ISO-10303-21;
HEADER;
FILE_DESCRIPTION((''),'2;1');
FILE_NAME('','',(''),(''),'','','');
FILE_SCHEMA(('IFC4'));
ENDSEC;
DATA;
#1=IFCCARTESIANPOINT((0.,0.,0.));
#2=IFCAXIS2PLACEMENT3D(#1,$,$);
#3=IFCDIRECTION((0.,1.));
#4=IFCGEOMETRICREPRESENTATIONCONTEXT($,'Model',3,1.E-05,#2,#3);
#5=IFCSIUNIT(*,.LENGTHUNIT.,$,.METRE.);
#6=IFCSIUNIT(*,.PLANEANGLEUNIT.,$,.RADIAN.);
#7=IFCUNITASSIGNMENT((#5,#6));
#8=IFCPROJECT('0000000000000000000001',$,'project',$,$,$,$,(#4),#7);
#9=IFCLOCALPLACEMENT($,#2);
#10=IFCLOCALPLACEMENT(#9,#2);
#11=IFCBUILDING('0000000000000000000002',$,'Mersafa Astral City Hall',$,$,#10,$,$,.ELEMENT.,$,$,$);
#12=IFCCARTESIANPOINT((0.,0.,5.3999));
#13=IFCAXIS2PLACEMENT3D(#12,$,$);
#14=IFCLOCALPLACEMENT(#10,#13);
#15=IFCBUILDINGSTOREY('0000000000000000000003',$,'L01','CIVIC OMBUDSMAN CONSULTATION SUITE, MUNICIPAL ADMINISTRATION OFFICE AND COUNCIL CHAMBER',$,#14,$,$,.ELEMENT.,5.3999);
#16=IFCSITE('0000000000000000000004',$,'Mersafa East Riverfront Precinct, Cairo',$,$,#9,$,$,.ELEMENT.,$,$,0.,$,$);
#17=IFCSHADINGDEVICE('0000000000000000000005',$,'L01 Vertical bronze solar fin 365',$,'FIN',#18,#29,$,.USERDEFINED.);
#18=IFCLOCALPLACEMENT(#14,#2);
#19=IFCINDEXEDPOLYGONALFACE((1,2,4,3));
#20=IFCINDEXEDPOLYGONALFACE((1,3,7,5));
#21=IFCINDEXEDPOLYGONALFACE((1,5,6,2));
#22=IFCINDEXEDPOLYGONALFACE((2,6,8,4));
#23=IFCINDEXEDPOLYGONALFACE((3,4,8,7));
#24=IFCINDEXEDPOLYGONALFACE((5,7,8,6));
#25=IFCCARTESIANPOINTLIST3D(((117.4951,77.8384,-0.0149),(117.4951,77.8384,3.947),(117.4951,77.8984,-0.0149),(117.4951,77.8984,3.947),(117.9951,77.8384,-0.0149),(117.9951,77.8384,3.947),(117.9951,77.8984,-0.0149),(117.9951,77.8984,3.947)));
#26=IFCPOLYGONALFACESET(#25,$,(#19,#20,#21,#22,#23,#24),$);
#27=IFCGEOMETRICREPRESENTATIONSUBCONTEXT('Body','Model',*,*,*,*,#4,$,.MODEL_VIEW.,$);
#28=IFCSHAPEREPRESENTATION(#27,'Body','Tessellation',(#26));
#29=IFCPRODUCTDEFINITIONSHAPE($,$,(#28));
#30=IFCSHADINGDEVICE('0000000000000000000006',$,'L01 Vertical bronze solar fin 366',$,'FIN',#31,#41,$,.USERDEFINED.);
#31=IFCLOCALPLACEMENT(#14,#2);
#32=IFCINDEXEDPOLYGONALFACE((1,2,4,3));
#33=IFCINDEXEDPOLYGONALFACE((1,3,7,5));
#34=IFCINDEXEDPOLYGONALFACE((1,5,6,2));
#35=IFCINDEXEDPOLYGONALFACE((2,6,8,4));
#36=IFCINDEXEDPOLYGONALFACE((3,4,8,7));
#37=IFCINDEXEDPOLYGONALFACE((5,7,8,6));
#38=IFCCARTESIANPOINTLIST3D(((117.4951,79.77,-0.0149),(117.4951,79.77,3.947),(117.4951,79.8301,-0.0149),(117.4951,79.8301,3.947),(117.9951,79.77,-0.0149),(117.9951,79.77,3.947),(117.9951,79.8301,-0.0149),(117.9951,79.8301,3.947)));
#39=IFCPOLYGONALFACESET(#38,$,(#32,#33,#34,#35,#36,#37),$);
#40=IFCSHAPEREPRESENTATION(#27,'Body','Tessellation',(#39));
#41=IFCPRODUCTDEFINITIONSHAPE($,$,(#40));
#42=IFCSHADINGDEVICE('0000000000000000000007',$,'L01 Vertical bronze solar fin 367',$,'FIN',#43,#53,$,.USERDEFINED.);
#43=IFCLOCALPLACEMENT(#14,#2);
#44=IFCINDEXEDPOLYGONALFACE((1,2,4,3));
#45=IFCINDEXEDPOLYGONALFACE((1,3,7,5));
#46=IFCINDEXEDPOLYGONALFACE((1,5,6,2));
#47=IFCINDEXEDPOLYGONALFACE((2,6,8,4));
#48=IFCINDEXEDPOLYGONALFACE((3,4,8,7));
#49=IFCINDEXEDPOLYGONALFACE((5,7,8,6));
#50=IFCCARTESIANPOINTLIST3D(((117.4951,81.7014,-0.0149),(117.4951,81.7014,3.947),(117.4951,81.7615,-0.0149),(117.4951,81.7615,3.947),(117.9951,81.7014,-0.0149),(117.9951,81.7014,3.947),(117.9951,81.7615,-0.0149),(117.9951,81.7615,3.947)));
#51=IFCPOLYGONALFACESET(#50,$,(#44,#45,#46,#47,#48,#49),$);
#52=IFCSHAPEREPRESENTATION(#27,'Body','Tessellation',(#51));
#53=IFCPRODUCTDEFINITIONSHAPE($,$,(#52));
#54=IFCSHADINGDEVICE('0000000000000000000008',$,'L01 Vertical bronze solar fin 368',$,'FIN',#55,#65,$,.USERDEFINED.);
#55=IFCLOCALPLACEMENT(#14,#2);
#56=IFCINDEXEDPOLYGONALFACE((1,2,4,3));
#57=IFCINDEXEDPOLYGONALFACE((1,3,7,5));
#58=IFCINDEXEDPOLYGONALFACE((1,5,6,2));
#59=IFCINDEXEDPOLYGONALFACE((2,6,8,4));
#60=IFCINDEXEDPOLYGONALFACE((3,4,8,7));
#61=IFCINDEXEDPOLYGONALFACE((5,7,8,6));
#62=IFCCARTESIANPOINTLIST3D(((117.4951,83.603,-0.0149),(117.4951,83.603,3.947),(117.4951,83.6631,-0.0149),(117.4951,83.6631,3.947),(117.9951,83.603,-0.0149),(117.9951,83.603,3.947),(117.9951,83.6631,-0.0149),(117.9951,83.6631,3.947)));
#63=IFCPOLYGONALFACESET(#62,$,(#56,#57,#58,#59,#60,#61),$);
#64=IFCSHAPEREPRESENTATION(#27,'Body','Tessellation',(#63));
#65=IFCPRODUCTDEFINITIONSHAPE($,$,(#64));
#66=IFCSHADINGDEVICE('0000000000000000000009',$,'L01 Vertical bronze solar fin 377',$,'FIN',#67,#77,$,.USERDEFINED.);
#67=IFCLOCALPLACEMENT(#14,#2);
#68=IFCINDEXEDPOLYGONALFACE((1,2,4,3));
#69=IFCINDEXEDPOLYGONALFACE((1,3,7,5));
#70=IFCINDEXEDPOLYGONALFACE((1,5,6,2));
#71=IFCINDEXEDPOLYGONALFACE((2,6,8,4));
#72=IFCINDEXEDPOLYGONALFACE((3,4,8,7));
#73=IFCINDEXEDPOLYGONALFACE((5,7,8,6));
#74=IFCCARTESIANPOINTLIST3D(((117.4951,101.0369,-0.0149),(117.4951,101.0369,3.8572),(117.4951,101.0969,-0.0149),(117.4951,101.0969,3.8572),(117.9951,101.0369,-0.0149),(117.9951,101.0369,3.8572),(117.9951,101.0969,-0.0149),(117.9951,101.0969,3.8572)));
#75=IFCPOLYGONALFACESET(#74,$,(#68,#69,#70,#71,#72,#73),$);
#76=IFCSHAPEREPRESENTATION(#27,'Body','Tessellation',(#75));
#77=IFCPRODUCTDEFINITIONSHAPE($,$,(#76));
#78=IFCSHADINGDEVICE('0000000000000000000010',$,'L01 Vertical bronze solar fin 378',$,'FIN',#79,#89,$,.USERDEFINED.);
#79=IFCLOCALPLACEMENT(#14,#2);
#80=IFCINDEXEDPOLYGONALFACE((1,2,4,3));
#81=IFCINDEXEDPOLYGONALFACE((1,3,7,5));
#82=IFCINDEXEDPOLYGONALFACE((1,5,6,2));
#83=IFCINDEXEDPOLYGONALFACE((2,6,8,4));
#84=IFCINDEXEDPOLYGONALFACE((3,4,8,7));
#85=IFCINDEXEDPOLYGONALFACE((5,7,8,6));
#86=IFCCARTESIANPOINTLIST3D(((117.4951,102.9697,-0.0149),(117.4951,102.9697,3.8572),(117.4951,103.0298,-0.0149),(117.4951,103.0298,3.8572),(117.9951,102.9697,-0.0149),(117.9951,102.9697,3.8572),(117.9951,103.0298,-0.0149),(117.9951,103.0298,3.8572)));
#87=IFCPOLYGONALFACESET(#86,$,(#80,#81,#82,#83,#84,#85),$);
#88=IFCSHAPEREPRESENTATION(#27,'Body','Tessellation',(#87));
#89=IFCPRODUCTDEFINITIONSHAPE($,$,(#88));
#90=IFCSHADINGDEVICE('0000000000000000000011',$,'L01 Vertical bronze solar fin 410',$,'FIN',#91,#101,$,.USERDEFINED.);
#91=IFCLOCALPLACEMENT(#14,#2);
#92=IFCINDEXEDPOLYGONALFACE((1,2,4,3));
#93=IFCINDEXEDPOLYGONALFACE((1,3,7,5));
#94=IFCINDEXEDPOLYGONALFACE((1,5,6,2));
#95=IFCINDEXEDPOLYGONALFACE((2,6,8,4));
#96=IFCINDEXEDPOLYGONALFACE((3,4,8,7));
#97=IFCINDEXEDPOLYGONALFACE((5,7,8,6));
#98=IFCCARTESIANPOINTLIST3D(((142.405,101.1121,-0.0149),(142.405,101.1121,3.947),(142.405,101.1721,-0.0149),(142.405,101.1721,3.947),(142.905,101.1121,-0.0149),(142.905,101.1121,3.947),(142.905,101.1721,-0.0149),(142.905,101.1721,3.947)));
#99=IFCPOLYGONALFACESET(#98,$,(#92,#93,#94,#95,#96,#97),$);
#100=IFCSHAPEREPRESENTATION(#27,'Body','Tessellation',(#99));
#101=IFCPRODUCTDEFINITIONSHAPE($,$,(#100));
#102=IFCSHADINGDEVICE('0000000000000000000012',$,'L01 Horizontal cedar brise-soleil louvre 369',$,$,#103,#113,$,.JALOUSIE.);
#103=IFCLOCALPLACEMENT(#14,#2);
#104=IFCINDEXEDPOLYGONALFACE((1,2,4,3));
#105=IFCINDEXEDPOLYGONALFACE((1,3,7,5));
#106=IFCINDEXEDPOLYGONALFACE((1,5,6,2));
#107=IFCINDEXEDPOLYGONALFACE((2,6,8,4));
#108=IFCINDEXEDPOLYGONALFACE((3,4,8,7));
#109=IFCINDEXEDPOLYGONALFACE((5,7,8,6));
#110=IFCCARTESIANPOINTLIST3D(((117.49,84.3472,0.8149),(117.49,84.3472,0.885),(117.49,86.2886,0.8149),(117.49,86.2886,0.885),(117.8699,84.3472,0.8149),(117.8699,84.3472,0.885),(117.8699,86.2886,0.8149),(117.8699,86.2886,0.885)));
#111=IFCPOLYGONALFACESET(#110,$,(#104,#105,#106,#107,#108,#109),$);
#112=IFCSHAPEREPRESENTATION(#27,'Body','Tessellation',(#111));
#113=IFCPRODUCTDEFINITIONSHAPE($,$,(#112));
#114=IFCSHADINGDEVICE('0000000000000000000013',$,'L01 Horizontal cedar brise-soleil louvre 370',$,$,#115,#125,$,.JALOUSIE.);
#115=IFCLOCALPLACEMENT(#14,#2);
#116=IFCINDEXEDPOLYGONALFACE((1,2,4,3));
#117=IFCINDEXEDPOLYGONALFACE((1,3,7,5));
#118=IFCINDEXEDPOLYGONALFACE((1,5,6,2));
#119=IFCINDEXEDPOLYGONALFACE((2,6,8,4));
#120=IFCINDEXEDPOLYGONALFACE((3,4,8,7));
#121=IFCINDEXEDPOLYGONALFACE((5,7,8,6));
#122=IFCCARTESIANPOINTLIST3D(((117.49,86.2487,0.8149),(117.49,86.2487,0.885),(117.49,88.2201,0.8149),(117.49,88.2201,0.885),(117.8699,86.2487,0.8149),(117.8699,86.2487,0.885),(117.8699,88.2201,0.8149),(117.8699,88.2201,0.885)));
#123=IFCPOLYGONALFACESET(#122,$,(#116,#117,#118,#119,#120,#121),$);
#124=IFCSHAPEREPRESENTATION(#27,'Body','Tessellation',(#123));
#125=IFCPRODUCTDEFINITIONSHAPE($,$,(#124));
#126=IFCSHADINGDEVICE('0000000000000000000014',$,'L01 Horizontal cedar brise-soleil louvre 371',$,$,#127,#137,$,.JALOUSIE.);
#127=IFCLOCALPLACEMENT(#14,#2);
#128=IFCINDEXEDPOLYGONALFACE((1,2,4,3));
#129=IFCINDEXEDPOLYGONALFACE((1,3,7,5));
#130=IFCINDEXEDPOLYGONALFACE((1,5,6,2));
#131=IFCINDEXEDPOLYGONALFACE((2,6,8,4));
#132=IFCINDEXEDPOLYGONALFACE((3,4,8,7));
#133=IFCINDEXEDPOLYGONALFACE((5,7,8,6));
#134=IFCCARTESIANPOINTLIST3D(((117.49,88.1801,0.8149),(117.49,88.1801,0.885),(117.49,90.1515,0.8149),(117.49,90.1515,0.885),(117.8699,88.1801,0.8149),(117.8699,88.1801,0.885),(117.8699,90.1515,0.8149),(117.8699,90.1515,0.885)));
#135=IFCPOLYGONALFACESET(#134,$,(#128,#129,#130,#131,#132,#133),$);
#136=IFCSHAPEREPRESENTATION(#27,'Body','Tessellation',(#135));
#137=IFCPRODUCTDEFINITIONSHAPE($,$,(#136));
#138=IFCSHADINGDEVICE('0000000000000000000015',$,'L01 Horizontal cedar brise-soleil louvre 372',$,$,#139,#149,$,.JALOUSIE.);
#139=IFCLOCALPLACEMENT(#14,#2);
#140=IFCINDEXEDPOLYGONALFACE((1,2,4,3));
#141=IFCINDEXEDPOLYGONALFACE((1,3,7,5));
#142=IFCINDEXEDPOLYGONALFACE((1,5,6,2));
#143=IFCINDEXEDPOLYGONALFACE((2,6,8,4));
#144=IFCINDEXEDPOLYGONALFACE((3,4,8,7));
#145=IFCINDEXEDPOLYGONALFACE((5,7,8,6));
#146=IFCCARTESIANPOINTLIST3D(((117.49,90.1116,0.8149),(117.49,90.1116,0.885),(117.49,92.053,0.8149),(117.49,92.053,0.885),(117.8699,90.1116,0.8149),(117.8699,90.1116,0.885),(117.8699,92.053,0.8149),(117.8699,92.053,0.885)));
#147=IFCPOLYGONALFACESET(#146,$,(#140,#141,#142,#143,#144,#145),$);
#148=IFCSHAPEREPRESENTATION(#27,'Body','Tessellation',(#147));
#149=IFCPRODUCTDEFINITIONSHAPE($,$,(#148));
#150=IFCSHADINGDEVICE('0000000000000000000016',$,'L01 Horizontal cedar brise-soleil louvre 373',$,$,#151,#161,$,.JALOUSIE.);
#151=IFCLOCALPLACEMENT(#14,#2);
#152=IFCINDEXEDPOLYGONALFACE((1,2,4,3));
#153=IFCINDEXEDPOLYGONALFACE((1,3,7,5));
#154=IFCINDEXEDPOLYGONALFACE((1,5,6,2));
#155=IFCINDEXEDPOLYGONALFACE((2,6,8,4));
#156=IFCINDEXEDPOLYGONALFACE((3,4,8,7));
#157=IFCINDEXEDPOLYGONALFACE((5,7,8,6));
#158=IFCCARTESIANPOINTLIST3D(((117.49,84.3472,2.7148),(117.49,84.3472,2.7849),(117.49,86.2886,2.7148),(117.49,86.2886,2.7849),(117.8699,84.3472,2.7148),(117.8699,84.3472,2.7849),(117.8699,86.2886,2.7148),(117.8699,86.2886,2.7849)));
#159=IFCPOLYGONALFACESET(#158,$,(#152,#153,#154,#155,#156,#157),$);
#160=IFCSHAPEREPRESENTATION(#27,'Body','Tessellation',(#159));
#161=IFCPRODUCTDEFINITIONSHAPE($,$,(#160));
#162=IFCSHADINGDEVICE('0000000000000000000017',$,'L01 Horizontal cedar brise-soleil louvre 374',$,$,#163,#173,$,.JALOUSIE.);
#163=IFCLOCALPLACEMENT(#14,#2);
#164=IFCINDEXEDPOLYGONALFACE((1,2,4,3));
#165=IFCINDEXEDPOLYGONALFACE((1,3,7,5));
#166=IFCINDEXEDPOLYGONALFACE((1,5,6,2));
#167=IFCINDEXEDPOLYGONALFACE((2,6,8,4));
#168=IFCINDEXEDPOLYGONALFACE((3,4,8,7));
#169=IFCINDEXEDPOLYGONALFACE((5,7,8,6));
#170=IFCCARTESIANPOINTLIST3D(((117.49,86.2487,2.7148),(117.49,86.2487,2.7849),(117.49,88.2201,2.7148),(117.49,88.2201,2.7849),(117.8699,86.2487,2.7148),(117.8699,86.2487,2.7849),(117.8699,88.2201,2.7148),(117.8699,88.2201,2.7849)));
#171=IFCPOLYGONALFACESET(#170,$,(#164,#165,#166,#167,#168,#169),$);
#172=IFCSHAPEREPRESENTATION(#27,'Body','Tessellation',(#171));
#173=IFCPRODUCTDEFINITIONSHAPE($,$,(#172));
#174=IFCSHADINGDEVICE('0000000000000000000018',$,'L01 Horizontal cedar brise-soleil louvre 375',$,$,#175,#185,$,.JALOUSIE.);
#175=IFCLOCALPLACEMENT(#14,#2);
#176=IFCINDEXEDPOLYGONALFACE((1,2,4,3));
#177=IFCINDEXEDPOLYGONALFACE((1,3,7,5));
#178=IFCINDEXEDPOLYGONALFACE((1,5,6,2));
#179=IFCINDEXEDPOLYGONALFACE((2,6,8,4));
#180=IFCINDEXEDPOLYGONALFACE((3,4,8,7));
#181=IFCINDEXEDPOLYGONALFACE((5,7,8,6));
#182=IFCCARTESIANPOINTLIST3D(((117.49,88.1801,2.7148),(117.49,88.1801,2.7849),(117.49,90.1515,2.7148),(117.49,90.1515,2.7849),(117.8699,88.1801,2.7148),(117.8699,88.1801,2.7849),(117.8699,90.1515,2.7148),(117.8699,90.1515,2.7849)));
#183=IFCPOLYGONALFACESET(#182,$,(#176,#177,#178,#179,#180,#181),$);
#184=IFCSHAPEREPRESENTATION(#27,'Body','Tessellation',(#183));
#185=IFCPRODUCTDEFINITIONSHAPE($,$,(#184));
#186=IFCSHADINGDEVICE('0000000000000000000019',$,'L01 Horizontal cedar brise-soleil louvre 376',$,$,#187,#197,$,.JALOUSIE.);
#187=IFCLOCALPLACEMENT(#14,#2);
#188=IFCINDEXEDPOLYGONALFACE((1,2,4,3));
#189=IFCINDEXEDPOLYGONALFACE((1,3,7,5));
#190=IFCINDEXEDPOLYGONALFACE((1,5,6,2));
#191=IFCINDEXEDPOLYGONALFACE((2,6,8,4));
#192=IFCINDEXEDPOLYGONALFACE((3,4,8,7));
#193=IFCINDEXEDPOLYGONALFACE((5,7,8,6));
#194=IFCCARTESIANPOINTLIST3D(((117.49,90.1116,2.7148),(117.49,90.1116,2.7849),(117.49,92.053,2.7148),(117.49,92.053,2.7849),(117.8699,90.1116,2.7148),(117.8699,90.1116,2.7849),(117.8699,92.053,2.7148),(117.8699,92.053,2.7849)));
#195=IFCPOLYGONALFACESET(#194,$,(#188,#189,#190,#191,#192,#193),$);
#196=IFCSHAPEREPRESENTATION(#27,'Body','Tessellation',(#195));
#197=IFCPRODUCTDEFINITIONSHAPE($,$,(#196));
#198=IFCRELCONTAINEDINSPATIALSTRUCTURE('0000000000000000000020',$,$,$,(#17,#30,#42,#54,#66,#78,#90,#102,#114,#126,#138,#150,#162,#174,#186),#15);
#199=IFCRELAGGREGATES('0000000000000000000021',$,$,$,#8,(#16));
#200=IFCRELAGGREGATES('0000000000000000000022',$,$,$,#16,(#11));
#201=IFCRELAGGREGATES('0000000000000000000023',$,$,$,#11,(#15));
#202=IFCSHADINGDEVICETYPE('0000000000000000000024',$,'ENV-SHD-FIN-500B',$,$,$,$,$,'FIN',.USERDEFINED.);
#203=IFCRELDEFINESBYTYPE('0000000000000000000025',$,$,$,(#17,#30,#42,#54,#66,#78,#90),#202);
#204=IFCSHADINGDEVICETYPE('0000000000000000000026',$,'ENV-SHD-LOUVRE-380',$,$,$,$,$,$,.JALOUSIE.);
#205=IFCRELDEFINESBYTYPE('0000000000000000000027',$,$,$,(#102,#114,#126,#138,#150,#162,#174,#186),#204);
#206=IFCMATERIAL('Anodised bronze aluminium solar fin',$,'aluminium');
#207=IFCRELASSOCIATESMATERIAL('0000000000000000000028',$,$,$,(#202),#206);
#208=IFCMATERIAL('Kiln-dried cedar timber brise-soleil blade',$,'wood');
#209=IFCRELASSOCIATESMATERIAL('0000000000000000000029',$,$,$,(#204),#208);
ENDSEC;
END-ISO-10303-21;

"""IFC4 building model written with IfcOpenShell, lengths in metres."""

from ifc_helpers import new_model, si_unit, direction, frame, origin, origin_2d, place, context, subcontext, project, spatial, rectangle, extrude, material, type_object, element, save


model = new_model("IFC4")

# Units and contexts
model_context = context("Model", 3, precision=1e-05, world=origin(), true_north=direction((0.0, 1.0)))
body_context = subcontext(model_context, "Body", "Model", "MODEL_VIEW")
ifc_project = project(units=[si_unit("LENGTHUNIT", "METRE"), si_unit("PLANEANGLEUNIT", "RADIAN")], contexts=[model_context])

# Site, building, storey
site_placement = place(None, origin())
site = spatial("IfcSite", under=ifc_project, at=site_placement, Name="Mersafa East Riverfront Precinct, Cairo", CompositionType="ELEMENT", RefElevation=0.0)
building_placement = place(site_placement, origin())
building = spatial("IfcBuilding", under=site, at=building_placement, Name="Mersafa Astral City Hall", CompositionType="ELEMENT")
storey_placement = place(building_placement, frame((0.0, 0.0, 5.3999)))
storey = spatial("IfcBuildingStorey", under=building, at=storey_placement, Name="L01", Description="CIVIC OMBUDSMAN CONSULTATION SUITE, MUNICIPAL ADMINISTRATION OFFICE AND COUNCIL CHAMBER", CompositionType="ELEMENT", Elevation=5.3999)

# Shading devices
ifc_material_1 = material(Name="Anodised bronze aluminium solar fin", Category="aluminium")
shading_device_type_1 = type_object("IfcShadingDeviceType", Name="ENV-SHD-FIN-500B", ElementType="FIN", PredefinedType="USERDEFINED", material=ifc_material_1)
for number, where, z_axis, x_axis, name in (
    (1, (117.7451, 77.8684, -0.0149), (0.0, 0.0, 1.0), (0.0, 1.0, 0.0), "L01 Vertical bronze solar fin 365"),
    (2, (117.7451, 79.8, -0.0149), (0.0, 0.0, 1.0), (0.0, 1.0, 0.0), "L01 Vertical bronze solar fin 366"),
    (3, (117.7451, 81.7314, -0.0149), (0.0, 0.0, 1.0), (0.0, 1.0, 0.0), "L01 Vertical bronze solar fin 367"),
    (4, (117.7451, 83.6331, -0.0149), (0.0, 0.0, 1.0), (0.0, 1.0, 0.0), "L01 Vertical bronze solar fin 368"),
):
    element("IfcShadingDevice", number, at=place(storey_placement, frame(where, z_axis=z_axis, x_axis=x_axis)), inside=storey, type_object=shading_device_type_1, Name=name, ObjectType="FIN", PredefinedType="USERDEFINED", context=body_context, shape_type="SweptSolid", body=[
        extrude(rectangle(XDim=0.0601, YDim=0.5, at=origin_2d()), origin(), (0.0, 0.0, 1.0), 3.9619),
    ])
for number, where, z_axis, x_axis, name in (
    (5, (117.7451, 101.0669, -0.0149), (0.0, 0.0, 1.0), (0.0, 1.0, 0.0), "L01 Vertical bronze solar fin 377"),
    (6, (117.7451, 102.9998, -0.0149), (0.0, 0.0, 1.0), (0.0, 1.0, 0.0), "L01 Vertical bronze solar fin 378"),
):
    element("IfcShadingDevice", number, at=place(storey_placement, frame(where, z_axis=z_axis, x_axis=x_axis)), inside=storey, type_object=shading_device_type_1, Name=name, ObjectType="FIN", PredefinedType="USERDEFINED", context=body_context, shape_type="SweptSolid", body=[
        extrude(rectangle(XDim=0.0601, YDim=0.5, at=origin_2d()), origin(), (0.0, 0.0, 1.0), 3.8721),
    ])
shading_device_1_placement = place(storey_placement, frame((142.655, 101.1421, -0.0149), z_axis=(0.0, 0.0, 1.0), x_axis=(0.0, -1.0, 0.0)))
element("IfcShadingDevice", 7, at=shading_device_1_placement, inside=storey, type_object=shading_device_type_1, Name="L01 Vertical bronze solar fin 410", ObjectType="FIN", PredefinedType="USERDEFINED", context=body_context, shape_type="SweptSolid", body=[
    extrude(rectangle(XDim=0.0601, YDim=0.5, at=origin_2d()), origin(), (0.0, 0.0, 1.0), 3.9619),
])
ifc_material_2 = material(Name="Kiln-dried cedar timber brise-soleil blade", Category="wood")
shading_device_type_2 = type_object("IfcShadingDeviceType", Name="ENV-SHD-LOUVRE-380", PredefinedType="JALOUSIE", material=ifc_material_2)
shading_device_2_placement = place(storey_placement, frame((117.6799, 85.3179, 0.8149), z_axis=(0.0, 0.0, 1.0), x_axis=(0.0, 1.0, 0.0)))
element("IfcShadingDevice", 8, at=shading_device_2_placement, inside=storey, type_object=shading_device_type_2, Name="L01 Horizontal cedar brise-soleil louvre 369", PredefinedType="JALOUSIE", context=body_context, shape_type="SweptSolid", body=[
    extrude(rectangle(XDim=1.9414, YDim=0.3799, at=origin_2d()), origin(), (0.0, 0.0, 1.0), 0.0701),
])
for number, where, z_axis, x_axis, name in (
    (9, (117.6799, 87.2344, 0.8149), (0.0, 0.0, 1.0), (0.0, 1.0, 0.0), "L01 Horizontal cedar brise-soleil louvre 370"),
    (10, (117.6799, 89.1658, 0.8149), (0.0, 0.0, 1.0), (0.0, 1.0, 0.0), "L01 Horizontal cedar brise-soleil louvre 371"),
):
    element("IfcShadingDevice", number, at=place(storey_placement, frame(where, z_axis=z_axis, x_axis=x_axis)), inside=storey, type_object=shading_device_type_2, Name=name, PredefinedType="JALOUSIE", context=body_context, shape_type="SweptSolid", body=[
        extrude(rectangle(XDim=1.9714, YDim=0.3799, at=origin_2d()), origin(), (0.0, 0.0, 1.0), 0.0701),
    ])
for number, where, z_axis, x_axis, name in (
    (11, (117.6799, 91.0823, 0.8149), (0.0, 0.0, 1.0), (0.0, 1.0, 0.0), "L01 Horizontal cedar brise-soleil louvre 372"),
    (12, (117.6799, 85.3179, 2.7148), (0.0, 0.0, 1.0), (0.0, 1.0, 0.0), "L01 Horizontal cedar brise-soleil louvre 373"),
):
    element("IfcShadingDevice", number, at=place(storey_placement, frame(where, z_axis=z_axis, x_axis=x_axis)), inside=storey, type_object=shading_device_type_2, Name=name, PredefinedType="JALOUSIE", context=body_context, shape_type="SweptSolid", body=[
        extrude(rectangle(XDim=1.9414, YDim=0.3799, at=origin_2d()), origin(), (0.0, 0.0, 1.0), 0.0701),
    ])
for number, where, z_axis, x_axis, name in (
    (13, (117.6799, 87.2344, 2.7148), (0.0, 0.0, 1.0), (0.0, 1.0, 0.0), "L01 Horizontal cedar brise-soleil louvre 374"),
    (14, (117.6799, 89.1658, 2.7148), (0.0, 0.0, 1.0), (0.0, 1.0, 0.0), "L01 Horizontal cedar brise-soleil louvre 375"),
):
    element("IfcShadingDevice", number, at=place(storey_placement, frame(where, z_axis=z_axis, x_axis=x_axis)), inside=storey, type_object=shading_device_type_2, Name=name, PredefinedType="JALOUSIE", context=body_context, shape_type="SweptSolid", body=[
        extrude(rectangle(XDim=1.9714, YDim=0.3799, at=origin_2d()), origin(), (0.0, 0.0, 1.0), 0.0701),
    ])
shading_device_3_placement = place(storey_placement, frame((117.6799, 91.0823, 2.7148), z_axis=(0.0, 0.0, 1.0), x_axis=(0.0, 1.0, 0.0)))
element("IfcShadingDevice", 15, at=shading_device_3_placement, inside=storey, type_object=shading_device_type_2, Name="L01 Horizontal cedar brise-soleil louvre 376", PredefinedType="JALOUSIE", context=body_context, shape_type="SweptSolid", body=[
    extrude(rectangle(XDim=1.9414, YDim=0.3799, at=origin_2d()), origin(), (0.0, 0.0, 1.0), 0.0701),
])

save(model, "model.ifc")
